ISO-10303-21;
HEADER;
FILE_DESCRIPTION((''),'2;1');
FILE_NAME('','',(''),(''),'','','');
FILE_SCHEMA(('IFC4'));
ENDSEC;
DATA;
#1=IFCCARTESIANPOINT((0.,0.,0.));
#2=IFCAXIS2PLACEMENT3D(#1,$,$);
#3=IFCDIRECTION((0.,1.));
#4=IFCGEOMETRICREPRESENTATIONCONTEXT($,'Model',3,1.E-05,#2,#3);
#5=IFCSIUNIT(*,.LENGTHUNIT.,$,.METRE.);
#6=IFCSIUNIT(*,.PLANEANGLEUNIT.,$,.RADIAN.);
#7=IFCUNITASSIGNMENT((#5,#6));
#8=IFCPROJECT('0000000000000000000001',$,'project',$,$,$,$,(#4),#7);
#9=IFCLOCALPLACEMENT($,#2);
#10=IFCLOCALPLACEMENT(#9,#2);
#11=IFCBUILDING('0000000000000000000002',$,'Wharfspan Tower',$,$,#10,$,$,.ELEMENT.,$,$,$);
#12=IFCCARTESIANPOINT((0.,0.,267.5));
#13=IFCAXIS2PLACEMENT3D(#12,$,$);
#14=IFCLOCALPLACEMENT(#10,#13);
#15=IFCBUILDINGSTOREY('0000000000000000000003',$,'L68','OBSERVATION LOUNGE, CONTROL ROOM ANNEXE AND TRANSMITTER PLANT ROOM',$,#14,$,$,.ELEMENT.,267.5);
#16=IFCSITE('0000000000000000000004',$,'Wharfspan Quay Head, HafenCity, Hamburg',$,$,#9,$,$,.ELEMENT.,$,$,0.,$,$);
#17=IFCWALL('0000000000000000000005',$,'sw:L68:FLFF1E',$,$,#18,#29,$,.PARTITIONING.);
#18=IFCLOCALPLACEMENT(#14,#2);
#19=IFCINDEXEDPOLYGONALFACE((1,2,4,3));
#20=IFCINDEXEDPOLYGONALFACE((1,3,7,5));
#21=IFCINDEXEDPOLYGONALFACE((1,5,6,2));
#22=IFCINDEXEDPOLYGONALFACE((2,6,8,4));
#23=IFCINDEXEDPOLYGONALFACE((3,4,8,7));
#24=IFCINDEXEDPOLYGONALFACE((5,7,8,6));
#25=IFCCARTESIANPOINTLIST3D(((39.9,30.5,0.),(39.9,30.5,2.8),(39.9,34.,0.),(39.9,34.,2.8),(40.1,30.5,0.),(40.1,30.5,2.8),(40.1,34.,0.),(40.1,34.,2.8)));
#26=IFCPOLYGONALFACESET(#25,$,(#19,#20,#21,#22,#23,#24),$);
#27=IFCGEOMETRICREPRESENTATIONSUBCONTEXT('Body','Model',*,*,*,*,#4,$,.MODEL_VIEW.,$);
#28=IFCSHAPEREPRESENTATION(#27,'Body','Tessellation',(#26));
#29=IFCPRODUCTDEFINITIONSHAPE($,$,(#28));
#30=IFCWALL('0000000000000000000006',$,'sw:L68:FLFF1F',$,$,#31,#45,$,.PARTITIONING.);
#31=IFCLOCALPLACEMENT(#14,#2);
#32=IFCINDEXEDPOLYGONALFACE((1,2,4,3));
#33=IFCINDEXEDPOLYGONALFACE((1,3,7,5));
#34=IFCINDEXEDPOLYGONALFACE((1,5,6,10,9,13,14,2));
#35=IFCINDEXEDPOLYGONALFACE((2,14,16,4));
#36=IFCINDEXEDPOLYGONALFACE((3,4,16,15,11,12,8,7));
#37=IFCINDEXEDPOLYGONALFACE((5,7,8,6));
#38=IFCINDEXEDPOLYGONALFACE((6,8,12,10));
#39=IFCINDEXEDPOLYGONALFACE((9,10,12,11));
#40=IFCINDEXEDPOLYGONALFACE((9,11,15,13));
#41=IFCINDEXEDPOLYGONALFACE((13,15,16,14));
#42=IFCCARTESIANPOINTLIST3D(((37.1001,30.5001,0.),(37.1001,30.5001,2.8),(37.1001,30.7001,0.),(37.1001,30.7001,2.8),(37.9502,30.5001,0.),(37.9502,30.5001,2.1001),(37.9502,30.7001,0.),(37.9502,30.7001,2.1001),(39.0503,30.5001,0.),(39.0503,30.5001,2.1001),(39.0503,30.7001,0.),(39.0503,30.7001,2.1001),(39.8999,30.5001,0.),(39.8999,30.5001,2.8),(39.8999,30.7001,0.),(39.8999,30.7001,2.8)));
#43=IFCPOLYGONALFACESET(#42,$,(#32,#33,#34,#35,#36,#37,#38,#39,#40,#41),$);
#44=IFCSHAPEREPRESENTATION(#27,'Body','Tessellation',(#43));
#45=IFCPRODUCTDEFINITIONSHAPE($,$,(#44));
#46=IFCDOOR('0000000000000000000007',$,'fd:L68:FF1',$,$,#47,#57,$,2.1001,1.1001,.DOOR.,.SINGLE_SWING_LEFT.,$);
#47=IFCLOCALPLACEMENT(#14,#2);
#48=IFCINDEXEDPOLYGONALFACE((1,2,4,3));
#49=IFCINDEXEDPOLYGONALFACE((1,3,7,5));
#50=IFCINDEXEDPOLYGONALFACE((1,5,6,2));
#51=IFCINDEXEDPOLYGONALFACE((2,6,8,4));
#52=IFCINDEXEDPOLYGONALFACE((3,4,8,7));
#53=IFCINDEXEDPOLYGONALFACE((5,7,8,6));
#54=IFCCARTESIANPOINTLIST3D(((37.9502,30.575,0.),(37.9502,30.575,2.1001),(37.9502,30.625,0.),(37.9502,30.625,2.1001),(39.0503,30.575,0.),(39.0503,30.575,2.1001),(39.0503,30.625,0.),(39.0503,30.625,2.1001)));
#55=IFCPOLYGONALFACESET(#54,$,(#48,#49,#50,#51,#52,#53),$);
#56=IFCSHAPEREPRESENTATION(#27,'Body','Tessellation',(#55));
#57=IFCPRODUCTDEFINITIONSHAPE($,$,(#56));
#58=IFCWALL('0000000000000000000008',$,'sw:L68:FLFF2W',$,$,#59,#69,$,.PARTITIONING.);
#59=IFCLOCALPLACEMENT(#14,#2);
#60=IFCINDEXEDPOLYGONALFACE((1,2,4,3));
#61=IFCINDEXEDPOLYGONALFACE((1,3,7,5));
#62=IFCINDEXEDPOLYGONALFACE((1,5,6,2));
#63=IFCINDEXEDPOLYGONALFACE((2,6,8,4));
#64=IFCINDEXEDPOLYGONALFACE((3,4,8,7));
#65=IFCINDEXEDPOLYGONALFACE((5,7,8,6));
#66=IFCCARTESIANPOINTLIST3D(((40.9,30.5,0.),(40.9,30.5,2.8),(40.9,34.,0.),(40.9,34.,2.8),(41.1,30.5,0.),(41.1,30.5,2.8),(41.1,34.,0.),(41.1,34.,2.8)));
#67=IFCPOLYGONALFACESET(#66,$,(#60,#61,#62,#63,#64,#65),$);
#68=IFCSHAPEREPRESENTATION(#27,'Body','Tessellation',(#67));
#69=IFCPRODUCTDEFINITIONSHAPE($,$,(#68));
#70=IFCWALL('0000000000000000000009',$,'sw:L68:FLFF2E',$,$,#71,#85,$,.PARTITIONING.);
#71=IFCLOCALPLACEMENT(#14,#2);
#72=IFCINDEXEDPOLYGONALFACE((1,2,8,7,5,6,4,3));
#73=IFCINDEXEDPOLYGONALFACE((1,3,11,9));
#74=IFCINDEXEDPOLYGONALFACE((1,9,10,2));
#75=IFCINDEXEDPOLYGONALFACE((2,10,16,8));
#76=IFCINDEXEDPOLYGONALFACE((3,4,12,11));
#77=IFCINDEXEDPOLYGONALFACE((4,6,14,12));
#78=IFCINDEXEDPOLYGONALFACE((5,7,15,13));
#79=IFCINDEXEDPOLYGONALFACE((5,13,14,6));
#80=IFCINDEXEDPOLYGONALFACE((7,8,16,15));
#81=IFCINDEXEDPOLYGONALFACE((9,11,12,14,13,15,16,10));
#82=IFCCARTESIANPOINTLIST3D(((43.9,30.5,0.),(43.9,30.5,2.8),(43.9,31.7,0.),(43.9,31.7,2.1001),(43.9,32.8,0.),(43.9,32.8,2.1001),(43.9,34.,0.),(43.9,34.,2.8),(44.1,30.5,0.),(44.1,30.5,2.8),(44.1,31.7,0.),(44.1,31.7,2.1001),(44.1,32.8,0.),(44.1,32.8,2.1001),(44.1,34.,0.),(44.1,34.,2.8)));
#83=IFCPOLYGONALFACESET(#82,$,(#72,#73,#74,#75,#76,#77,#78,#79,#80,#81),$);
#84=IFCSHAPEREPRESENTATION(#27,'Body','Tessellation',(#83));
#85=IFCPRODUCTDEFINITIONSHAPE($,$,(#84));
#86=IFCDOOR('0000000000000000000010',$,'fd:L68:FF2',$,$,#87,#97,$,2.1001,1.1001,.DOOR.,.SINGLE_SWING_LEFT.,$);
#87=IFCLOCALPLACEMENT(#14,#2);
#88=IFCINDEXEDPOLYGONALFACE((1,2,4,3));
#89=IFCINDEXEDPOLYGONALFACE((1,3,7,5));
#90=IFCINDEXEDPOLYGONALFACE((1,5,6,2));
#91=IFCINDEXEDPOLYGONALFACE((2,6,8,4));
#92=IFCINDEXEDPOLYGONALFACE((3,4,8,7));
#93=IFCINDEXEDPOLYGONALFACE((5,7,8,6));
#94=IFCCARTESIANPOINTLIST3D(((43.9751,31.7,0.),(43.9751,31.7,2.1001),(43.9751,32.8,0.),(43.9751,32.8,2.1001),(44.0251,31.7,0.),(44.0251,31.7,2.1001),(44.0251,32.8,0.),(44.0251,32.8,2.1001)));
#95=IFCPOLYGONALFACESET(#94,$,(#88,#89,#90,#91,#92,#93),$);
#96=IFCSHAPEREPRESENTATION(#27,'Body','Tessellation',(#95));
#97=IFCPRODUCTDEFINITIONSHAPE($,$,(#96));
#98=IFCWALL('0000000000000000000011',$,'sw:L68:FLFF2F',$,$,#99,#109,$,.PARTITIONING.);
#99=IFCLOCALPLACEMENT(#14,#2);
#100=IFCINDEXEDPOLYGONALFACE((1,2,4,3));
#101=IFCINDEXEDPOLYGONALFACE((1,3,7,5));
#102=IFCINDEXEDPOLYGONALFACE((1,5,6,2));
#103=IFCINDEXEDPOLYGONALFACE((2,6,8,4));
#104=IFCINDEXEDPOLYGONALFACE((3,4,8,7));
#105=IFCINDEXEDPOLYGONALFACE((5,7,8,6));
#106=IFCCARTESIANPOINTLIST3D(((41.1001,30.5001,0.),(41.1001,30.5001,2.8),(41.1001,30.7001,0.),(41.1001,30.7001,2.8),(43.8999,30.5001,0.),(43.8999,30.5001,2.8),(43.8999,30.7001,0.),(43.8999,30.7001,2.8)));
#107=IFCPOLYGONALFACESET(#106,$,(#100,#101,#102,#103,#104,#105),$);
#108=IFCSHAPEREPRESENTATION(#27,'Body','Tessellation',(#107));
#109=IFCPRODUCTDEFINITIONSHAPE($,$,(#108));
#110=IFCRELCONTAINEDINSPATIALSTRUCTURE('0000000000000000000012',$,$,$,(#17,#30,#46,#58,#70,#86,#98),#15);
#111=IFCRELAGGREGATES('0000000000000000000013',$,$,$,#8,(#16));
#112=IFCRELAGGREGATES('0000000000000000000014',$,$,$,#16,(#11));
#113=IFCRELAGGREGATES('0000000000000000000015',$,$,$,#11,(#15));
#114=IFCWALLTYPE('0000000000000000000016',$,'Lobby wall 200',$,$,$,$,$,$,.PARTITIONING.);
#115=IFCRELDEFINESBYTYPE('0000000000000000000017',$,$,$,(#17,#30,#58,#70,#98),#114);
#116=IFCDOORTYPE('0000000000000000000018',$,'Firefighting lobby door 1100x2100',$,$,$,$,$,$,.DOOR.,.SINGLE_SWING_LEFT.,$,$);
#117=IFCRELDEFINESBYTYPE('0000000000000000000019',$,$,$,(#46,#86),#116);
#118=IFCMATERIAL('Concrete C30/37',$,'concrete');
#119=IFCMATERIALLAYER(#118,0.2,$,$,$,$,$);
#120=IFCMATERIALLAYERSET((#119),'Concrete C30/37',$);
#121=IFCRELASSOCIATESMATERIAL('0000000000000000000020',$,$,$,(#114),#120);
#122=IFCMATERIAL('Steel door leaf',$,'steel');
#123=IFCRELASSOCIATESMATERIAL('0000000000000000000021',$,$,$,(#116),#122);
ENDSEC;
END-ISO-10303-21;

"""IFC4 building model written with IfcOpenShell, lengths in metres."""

from ifc_helpers import new_model, si_unit, direction, frame, frame_2d, origin, place, context, subcontext, project, spatial, rectangle, extrude, material, layer, layer_set, type_object, element, fill, save


model = new_model("IFC4")

# Units and contexts
model_context = context("Model", 3, precision=1e-05, world=origin(), true_north=direction((0.0, 1.0)))
body_context = subcontext(model_context, "Body", "Model", "MODEL_VIEW")
ifc_project = project(units=[si_unit("LENGTHUNIT", "METRE"), si_unit("PLANEANGLEUNIT", "RADIAN")], contexts=[model_context])

# Site, building, storey
site_placement = place(None, origin())
site = spatial("IfcSite", under=ifc_project, at=site_placement, Name="Wharfspan Quay Head, HafenCity, Hamburg", CompositionType="ELEMENT", RefElevation=0.0)
building_placement = place(site_placement, origin())
building = spatial("IfcBuilding", under=site, at=building_placement, Name="Wharfspan Tower", CompositionType="ELEMENT")
storey_placement = place(building_placement, frame((0.0, 0.0, 267.5)))
storey = spatial("IfcBuildingStorey", under=building, at=storey_placement, Name="L68", Description="OBSERVATION LOUNGE, CONTROL ROOM ANNEXE AND TRANSMITTER PLANT ROOM", CompositionType="ELEMENT", Elevation=267.5)

# Shared definitions
ifc_material_1 = material(Name="Steel door leaf", Category="steel")

# Wall
ifc_material_2 = material(Name="Concrete C30/37", Category="concrete")
ifc_layer_1 = layer(ifc_material_2, 0.2)
ifc_layer_set_1 = layer_set([ifc_layer_1], Name="Concrete C30/37")
wall_type_1 = type_object("IfcWallType", Name="Lobby wall 200", PredefinedType="PARTITIONING", material=ifc_layer_set_1)
wall_1_placement = place(storey_placement, frame((40.0, 30.5, 0.0), z_axis=(0.0, 0.0, 1.0), x_axis=(0.0, 1.0, 0.0)))
element("IfcWall", 1, at=wall_1_placement, inside=storey, type_object=wall_type_1, Name="sw:L68:FLFF1E", PredefinedType="PARTITIONING", context=body_context, shape_type="SweptSolid", body=[
    extrude(rectangle(XDim=3.5, YDim=0.2, at=frame_2d((1.75, 0.0))), origin(), (0.0, 0.0, 1.0), 2.8),
])

# Wall, opening, door
wall_2_placement = place(storey_placement, frame((37.1001, 30.6001, 0.0), z_axis=(0.0, 0.0, 1.0), x_axis=(1.0, 0.0, 0.0)))
wall_2 = element("IfcWall", 2, at=wall_2_placement, inside=storey, type_object=wall_type_1, Name="sw:L68:FLFF1F", PredefinedType="PARTITIONING", context=body_context, shape_type="SweptSolid", body=[
    extrude(rectangle(XDim=2.7998, YDim=0.2, at=frame_2d((1.3999, 0.0))), origin(), (0.0, 0.0, 1.0), 2.8),
])
opening_1_placement = place(wall_2_placement, frame((0.8501, 0.0, 0.0)))
opening_1 = element("IfcOpeningElement", 3, at=opening_1_placement, cuts=wall_2, PredefinedType="OPENING", context=body_context, shape_type="SweptSolid", body=[
    extrude(rectangle(XDim=1.1001, YDim=2.1001, at=frame_2d((0.55, 1.05))), frame((0.0, 0.1099, 0.0), z_axis=(0.0, -1.0, 0.0), x_axis=(1.0, 0.0, 0.0)), (0.0, 0.0, 1.0), 0.22),
])
door_type_1 = type_object("IfcDoorType", Name="Firefighting lobby door 1100x2100", OperationType="SINGLE_SWING_LEFT", PredefinedType="DOOR", material=ifc_material_1)
door_1_placement = place(opening_1_placement, origin())
door_1 = element("IfcDoor", 4, at=door_1_placement, inside=storey, type_object=door_type_1, Name="fd:L68:FF1", OperationType="SINGLE_SWING_LEFT", OverallHeight=2.1001, OverallWidth=1.1001, PredefinedType="DOOR", context=body_context, shape_type="SweptSolid", body=[
    extrude(rectangle(XDim=1.1001, YDim=2.1001, at=frame_2d((0.55, 1.05))), frame((0.0, 0.0249, 0.0), z_axis=(0.0, -1.0, 0.0), x_axis=(1.0, 0.0, 0.0)), (0.0, 0.0, 1.0), 0.05),
])
fill(opening_1, door_1)

# Wall
wall_3_placement = place(storey_placement, frame((41.0, 30.5, 0.0), z_axis=(0.0, 0.0, 1.0), x_axis=(0.0, 1.0, 0.0)))
element("IfcWall", 5, at=wall_3_placement, inside=storey, type_object=wall_type_1, Name="sw:L68:FLFF2W", PredefinedType="PARTITIONING", context=body_context, shape_type="SweptSolid", body=[
    extrude(rectangle(XDim=3.5, YDim=0.2, at=frame_2d((1.75, 0.0))), origin(), (0.0, 0.0, 1.0), 2.8),
])

# Wall, opening, door
wall_4_placement = place(storey_placement, frame((44.0, 30.5, 0.0), z_axis=(0.0, 0.0, 1.0), x_axis=(0.0, 1.0, 0.0)))
wall_4 = element("IfcWall", 6, at=wall_4_placement, inside=storey, type_object=wall_type_1, Name="sw:L68:FLFF2E", PredefinedType="PARTITIONING", context=body_context, shape_type="SweptSolid", body=[
    extrude(rectangle(XDim=3.5, YDim=0.2, at=frame_2d((1.75, 0.0))), origin(), (0.0, 0.0, 1.0), 2.8),
])
opening_2_placement = place(wall_4_placement, frame((1.2, 0.0, 0.0)))
opening_2 = element("IfcOpeningElement", 7, at=opening_2_placement, cuts=wall_4, PredefinedType="OPENING", context=body_context, shape_type="SweptSolid", body=[
    extrude(rectangle(XDim=1.1001, YDim=2.1001, at=frame_2d((0.55, 1.05))), frame((0.0, 0.1099, 0.0), z_axis=(0.0, -1.0, 0.0), x_axis=(1.0, 0.0, 0.0)), (0.0, 0.0, 1.0), 0.22),
])
door_2_placement = place(opening_2_placement, origin())
door_2 = element("IfcDoor", 8, at=door_2_placement, inside=storey, type_object=door_type_1, Name="fd:L68:FF2", OperationType="SINGLE_SWING_LEFT", OverallHeight=2.1001, OverallWidth=1.1001, PredefinedType="DOOR", context=body_context, shape_type="SweptSolid", body=[
    extrude(rectangle(XDim=1.1001, YDim=2.1001, at=frame_2d((0.55, 1.05))), frame((0.0, 0.0249, 0.0), z_axis=(0.0, -1.0, 0.0), x_axis=(1.0, 0.0, 0.0)), (0.0, 0.0, 1.0), 0.05),
])
fill(opening_2, door_2)

# Wall
wall_5_placement = place(storey_placement, frame((41.1001, 30.6001, 0.0), z_axis=(0.0, 0.0, 1.0), x_axis=(1.0, 0.0, 0.0)))
element("IfcWall", 9, at=wall_5_placement, inside=storey, type_object=wall_type_1, Name="sw:L68:FLFF2F", PredefinedType="PARTITIONING", context=body_context, shape_type="SweptSolid", body=[
    extrude(rectangle(XDim=2.7998, YDim=0.2, at=frame_2d((1.3999, 0.0))), origin(), (0.0, 0.0, 1.0), 2.8),
])

save(model, "model.ifc")
